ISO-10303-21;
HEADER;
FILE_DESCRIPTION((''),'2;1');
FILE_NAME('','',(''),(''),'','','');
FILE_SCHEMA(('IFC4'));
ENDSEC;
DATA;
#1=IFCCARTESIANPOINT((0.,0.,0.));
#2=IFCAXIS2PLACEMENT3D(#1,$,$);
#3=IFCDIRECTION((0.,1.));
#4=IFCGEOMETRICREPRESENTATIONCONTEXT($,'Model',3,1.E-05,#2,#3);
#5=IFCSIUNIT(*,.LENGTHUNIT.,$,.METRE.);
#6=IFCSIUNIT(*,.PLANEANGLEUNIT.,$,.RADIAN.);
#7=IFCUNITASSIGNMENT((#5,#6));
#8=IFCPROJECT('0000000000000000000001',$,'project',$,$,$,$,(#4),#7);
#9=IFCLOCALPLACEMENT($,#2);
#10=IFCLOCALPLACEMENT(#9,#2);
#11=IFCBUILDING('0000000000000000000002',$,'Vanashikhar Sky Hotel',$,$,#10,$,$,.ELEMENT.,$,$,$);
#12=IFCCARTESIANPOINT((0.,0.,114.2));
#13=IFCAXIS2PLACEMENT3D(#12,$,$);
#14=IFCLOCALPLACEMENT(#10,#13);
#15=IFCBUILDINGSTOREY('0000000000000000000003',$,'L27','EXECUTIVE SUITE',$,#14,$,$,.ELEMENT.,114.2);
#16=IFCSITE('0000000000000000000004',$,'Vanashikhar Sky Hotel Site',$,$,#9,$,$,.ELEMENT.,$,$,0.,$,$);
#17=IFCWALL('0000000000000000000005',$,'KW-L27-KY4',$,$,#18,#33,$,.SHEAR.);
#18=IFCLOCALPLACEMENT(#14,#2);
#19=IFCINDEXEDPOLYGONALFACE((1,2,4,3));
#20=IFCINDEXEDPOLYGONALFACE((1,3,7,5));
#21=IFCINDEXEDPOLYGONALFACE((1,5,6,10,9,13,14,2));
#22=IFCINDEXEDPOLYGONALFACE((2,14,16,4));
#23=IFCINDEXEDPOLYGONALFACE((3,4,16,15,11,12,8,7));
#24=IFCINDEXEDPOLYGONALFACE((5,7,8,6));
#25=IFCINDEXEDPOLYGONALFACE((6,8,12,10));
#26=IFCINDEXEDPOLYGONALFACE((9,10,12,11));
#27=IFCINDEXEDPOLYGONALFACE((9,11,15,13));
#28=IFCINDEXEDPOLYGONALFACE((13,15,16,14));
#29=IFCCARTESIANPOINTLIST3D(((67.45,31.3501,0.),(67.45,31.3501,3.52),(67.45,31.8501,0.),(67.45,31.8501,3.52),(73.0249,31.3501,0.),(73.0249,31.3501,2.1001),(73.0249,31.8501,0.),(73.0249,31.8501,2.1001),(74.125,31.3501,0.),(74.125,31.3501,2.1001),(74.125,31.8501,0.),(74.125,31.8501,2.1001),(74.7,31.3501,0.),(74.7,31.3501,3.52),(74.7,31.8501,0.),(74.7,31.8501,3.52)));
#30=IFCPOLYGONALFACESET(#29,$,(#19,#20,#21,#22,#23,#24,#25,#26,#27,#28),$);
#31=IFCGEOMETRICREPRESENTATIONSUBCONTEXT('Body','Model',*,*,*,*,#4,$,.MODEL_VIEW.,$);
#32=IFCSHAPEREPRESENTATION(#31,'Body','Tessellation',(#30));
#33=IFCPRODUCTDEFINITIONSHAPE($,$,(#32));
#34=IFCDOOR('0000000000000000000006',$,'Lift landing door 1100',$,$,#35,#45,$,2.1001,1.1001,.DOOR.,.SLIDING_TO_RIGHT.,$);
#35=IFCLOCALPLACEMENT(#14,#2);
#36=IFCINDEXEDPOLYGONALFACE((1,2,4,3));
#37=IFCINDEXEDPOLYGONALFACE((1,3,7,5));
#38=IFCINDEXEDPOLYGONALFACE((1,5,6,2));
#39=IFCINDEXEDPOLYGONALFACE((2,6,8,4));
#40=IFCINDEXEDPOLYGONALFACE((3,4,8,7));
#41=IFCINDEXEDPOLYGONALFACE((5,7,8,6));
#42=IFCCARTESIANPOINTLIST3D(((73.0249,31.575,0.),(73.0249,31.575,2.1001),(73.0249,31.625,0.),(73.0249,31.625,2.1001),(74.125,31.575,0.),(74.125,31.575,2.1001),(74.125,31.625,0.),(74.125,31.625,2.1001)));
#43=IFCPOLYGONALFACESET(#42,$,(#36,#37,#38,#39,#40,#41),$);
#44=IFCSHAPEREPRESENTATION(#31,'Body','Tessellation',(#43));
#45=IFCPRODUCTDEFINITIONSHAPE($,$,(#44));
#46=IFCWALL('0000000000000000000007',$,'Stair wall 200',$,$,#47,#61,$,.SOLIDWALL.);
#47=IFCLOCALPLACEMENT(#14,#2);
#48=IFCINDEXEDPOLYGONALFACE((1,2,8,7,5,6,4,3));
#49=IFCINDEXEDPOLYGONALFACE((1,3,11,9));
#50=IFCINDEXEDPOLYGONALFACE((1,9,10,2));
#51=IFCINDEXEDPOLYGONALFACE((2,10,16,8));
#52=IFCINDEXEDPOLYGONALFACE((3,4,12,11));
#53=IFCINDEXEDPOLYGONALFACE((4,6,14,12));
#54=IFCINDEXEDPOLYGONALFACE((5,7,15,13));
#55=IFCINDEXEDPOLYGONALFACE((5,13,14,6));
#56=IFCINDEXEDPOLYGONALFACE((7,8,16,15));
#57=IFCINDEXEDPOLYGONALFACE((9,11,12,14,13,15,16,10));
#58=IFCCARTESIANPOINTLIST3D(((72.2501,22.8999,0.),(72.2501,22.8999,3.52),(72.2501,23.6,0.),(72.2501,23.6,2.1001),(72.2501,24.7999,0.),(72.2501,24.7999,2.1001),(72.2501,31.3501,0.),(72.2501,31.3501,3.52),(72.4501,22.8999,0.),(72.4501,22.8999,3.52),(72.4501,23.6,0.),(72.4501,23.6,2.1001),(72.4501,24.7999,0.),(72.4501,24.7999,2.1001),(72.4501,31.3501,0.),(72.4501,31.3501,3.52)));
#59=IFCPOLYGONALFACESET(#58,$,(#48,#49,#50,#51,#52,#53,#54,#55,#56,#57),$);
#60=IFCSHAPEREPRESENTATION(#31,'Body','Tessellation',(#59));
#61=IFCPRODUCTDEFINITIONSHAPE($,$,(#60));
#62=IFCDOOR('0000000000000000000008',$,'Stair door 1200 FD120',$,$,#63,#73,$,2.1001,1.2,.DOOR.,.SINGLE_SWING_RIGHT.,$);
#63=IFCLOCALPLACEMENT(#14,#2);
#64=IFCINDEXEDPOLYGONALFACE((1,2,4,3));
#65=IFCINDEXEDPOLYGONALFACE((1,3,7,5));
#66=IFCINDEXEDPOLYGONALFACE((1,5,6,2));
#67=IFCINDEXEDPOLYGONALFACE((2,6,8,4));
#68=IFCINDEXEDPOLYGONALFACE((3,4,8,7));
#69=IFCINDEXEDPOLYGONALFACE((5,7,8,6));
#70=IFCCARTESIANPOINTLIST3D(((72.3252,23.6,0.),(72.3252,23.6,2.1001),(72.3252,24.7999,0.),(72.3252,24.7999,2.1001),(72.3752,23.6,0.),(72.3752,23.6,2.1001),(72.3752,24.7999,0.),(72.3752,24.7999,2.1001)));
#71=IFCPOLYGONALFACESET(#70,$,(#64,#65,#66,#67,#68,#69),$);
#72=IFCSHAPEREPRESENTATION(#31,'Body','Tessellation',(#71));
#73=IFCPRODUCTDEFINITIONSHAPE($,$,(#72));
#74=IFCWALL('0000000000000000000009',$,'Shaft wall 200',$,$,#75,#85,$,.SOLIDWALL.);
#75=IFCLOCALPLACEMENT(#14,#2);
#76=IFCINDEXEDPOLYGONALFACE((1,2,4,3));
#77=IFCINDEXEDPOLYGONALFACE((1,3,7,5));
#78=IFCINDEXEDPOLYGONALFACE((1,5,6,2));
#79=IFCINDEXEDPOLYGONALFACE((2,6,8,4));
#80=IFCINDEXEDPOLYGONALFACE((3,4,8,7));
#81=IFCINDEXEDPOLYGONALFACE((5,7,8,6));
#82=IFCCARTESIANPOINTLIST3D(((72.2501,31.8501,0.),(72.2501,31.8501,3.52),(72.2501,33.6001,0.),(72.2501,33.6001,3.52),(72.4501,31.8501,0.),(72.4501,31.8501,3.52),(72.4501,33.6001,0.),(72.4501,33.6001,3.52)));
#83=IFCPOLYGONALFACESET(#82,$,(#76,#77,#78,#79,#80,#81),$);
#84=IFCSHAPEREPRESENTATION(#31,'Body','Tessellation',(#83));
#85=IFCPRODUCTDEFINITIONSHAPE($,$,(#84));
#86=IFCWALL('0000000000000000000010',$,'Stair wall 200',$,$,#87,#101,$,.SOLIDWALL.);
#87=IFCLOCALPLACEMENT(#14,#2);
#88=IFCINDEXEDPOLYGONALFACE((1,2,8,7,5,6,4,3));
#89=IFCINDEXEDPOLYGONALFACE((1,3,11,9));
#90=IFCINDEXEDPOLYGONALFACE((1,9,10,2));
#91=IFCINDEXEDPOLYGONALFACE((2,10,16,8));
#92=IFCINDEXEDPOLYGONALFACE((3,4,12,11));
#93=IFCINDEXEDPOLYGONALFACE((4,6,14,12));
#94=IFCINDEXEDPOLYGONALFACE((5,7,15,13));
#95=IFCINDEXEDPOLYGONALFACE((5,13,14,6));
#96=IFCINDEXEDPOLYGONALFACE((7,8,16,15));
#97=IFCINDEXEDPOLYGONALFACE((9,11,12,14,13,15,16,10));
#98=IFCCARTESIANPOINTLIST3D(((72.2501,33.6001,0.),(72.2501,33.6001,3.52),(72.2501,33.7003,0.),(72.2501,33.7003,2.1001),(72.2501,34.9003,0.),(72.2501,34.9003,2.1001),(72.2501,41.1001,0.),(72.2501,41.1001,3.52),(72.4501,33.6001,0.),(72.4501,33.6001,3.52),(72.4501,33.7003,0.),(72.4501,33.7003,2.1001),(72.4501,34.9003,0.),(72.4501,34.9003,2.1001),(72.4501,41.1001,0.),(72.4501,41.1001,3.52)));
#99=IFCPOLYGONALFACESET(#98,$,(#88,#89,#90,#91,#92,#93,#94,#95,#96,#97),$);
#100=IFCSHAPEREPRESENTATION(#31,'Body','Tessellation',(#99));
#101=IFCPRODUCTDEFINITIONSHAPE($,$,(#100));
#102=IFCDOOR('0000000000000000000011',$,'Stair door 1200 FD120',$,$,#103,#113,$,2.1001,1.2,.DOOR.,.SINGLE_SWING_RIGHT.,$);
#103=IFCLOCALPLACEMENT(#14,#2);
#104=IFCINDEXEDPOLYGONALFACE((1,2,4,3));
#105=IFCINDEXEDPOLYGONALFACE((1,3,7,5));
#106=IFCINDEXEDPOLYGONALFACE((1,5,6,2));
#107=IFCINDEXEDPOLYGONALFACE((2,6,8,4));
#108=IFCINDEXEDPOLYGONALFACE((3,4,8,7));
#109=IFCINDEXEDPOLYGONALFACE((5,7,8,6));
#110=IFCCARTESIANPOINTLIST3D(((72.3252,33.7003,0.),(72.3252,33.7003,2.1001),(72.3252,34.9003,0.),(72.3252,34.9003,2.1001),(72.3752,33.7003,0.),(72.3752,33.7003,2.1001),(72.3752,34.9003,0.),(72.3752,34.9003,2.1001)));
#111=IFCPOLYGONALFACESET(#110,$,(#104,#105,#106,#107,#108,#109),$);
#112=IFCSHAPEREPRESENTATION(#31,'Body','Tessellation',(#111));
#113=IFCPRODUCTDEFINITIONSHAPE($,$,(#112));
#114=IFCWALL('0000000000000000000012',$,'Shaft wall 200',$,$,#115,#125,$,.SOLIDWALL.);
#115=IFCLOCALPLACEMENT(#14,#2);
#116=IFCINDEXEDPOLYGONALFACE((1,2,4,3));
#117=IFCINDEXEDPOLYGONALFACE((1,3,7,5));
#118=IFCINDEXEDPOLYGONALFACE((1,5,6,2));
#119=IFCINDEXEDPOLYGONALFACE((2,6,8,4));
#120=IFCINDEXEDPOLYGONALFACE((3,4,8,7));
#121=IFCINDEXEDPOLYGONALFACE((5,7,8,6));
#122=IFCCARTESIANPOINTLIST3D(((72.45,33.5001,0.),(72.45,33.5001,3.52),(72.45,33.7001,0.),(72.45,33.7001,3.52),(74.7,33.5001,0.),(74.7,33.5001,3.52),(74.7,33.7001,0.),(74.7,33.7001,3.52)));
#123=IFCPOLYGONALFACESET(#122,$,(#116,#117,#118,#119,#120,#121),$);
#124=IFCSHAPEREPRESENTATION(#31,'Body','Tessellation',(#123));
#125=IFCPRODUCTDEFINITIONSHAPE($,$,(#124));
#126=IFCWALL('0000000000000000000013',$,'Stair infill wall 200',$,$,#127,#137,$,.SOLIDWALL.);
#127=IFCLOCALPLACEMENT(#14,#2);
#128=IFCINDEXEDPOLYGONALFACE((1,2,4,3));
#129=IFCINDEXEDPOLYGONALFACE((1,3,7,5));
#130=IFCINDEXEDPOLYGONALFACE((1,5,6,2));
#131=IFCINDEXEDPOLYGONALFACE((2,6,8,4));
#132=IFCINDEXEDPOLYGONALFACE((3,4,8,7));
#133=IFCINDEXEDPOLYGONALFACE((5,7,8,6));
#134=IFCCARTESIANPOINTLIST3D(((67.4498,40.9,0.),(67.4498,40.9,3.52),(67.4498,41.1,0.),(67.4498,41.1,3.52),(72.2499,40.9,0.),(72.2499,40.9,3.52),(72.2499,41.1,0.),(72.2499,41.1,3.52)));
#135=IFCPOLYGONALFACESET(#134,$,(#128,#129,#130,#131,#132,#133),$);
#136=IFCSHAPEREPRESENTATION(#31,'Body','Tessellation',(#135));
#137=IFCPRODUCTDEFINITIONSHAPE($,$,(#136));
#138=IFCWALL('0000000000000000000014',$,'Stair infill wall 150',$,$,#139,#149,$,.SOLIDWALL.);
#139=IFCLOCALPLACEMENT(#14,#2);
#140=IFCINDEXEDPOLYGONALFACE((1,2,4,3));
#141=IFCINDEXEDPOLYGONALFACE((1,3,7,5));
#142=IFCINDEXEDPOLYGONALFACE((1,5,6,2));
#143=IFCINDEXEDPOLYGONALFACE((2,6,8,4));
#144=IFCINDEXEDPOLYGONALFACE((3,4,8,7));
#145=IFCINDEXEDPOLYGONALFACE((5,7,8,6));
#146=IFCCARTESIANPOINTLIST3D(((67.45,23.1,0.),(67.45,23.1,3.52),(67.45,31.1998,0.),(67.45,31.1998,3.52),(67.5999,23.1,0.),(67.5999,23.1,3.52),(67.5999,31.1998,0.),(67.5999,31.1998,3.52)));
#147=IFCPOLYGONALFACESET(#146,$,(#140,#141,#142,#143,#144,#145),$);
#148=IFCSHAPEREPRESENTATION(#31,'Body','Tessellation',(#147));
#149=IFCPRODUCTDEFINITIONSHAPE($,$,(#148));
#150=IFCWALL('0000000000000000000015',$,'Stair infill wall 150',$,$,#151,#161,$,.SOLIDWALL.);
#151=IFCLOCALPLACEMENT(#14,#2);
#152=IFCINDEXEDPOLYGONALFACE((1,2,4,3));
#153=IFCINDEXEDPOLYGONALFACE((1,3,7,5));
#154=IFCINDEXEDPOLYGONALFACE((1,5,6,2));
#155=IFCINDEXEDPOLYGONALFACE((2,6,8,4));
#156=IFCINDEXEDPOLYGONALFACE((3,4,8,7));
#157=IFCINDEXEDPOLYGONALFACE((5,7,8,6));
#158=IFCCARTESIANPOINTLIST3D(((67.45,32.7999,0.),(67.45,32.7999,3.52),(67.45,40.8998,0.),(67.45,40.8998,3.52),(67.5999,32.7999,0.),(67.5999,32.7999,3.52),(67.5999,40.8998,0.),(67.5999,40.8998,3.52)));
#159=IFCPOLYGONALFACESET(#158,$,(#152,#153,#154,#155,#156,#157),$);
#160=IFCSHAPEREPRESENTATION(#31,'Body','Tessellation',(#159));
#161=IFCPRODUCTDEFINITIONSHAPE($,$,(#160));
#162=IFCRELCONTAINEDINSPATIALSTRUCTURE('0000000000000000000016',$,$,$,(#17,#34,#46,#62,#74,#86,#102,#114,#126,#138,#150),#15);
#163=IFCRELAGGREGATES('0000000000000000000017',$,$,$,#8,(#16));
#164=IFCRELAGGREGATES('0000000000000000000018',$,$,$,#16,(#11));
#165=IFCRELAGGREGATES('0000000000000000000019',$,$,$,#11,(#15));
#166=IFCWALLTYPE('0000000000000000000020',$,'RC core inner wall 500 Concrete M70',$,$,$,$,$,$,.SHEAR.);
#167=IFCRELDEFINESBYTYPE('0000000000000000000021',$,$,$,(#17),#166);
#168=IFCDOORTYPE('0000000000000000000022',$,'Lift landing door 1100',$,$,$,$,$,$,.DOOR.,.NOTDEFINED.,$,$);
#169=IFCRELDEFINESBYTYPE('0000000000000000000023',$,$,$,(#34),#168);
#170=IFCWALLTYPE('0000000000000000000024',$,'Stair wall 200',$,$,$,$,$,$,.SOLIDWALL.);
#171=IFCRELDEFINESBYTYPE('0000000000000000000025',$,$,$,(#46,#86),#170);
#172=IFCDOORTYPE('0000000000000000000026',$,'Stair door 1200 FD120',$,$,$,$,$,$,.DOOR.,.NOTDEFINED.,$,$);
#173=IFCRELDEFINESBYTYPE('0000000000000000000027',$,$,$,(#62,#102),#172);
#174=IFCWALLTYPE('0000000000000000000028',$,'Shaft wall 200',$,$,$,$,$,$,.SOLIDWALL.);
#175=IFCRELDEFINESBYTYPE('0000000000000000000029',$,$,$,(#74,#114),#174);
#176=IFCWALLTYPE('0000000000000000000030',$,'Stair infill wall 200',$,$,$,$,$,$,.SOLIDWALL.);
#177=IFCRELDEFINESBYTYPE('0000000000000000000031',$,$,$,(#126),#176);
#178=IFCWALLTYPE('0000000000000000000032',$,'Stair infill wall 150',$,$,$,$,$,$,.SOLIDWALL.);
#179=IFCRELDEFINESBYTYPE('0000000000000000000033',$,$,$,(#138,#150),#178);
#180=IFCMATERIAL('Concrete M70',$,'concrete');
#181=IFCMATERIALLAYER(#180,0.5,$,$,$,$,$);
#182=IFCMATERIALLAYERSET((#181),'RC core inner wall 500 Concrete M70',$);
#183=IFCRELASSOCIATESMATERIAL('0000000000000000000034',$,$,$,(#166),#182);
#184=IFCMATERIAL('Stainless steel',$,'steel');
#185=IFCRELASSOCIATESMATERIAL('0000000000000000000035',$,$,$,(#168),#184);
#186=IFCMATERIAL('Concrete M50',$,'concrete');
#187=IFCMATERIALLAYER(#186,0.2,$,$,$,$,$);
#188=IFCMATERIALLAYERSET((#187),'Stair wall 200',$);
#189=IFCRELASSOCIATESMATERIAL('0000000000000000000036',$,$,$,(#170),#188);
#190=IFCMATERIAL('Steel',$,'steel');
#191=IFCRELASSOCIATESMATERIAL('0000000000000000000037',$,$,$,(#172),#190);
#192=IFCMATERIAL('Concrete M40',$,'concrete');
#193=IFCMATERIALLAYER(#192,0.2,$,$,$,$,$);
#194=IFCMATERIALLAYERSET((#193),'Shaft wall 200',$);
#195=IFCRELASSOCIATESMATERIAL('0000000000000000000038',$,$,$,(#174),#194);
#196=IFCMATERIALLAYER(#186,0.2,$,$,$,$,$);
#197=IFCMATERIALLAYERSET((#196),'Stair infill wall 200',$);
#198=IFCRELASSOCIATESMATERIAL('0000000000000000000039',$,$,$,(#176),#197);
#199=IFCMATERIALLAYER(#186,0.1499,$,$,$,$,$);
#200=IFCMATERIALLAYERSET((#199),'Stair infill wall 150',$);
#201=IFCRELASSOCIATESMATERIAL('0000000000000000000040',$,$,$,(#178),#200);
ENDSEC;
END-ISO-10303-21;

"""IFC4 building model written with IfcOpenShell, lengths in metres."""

from ifc_helpers import new_model, si_unit, direction, frame, frame_2d, origin, place, context, subcontext, project, spatial, rectangle, extrude, source, transform, mapped, material, layer, layer_set, type_object, element, fill, save


model = new_model("IFC4")

# Units and contexts
model_context = context("Model", 3, precision=1e-05, world=origin(), true_north=direction((0.0, 1.0)))
body_context = subcontext(model_context, "Body", "Model", "MODEL_VIEW")
ifc_project = project(units=[si_unit("LENGTHUNIT", "METRE"), si_unit("PLANEANGLEUNIT", "RADIAN")], contexts=[model_context])

# Site, building, storey
site_placement = place(None, origin())
site = spatial("IfcSite", under=ifc_project, at=site_placement, Name="Vanashikhar Sky Hotel Site", CompositionType="ELEMENT", RefElevation=0.0)
building_placement = place(site_placement, origin())
building = spatial("IfcBuilding", under=site, at=building_placement, Name="Vanashikhar Sky Hotel", CompositionType="ELEMENT")
storey_placement = place(building_placement, frame((0.0, 0.0, 114.2)))
storey = spatial("IfcBuildingStorey", under=building, at=storey_placement, Name="L27", Description="EXECUTIVE SUITE", CompositionType="ELEMENT", Elevation=114.2)

# Walls, openings, doors
ifc_material_1 = material(Name="Concrete M70", Category="concrete")
ifc_layer_1 = layer(ifc_material_1, 0.5)
ifc_layer_set_1 = layer_set([ifc_layer_1], Name="RC core inner wall 500 Concrete M70")
wall_type_1 = type_object("IfcWallType", Name="RC core inner wall 500 Concrete M70", PredefinedType="SHEAR", material=ifc_layer_set_1)
shared_shape_1 = source(origin(), body_context, "Body", "SweptSolid", [
    extrude(rectangle(XDim=7.25, YDim=0.5, at=frame_2d((3.625, 0.0))), origin(), (0.0, 0.0, 1.0), 3.52),
])
wall_1_placement = place(storey_placement, frame((67.45, 31.6001, 0.0), z_axis=(0.0, 0.0, 1.0), x_axis=(1.0, 0.0, 0.0)))
wall_1 = element("IfcWall", 1, at=wall_1_placement, inside=storey, type_object=wall_type_1, Name="KW-L27-KY4", PredefinedType="SHEAR", context=body_context, shape_type="MappedRepresentation", body=[
    mapped(shared_shape_1, transform((0.0, 0.0, 0.0), scale=1.0)),
])
shared_shape_2 = source(origin(), body_context, "Body", "SweptSolid", [
    extrude(rectangle(XDim=1.1001, YDim=2.1001, at=frame_2d((0.55, 1.05))), frame((0.0, 0.26, 0.0), z_axis=(0.0, -1.0, 0.0), x_axis=(1.0, 0.0, 0.0)), (0.0, 0.0, 1.0), 0.52),
])
opening_1_placement = place(wall_1_placement, frame((5.575, 0.0, 0.0)))
opening_1 = element("IfcOpeningElement", 2, at=opening_1_placement, cuts=wall_1, PredefinedType="OPENING", context=body_context, shape_type="MappedRepresentation", body=[
    mapped(shared_shape_2, transform((0.0, 0.0, 0.0), scale=1.0)),
])
ifc_material_2 = material(Name="Stainless steel", Category="steel")
door_type_1 = type_object("IfcDoorType", Name="Lift landing door 1100", OperationType="NOTDEFINED", PredefinedType="DOOR", material=ifc_material_2)
shared_shape_3 = source(origin(), body_context, "Body", "SweptSolid", [
    extrude(rectangle(XDim=1.1001, YDim=2.1001, at=frame_2d((0.55, 1.05))), frame((0.0, 0.0249, 0.0), z_axis=(0.0, -1.0, 0.0), x_axis=(1.0, 0.0, 0.0)), (0.0, 0.0, 1.0), 0.05),
])
door_1_placement = place(opening_1_placement, origin())
door_1 = element("IfcDoor", 3, at=door_1_placement, inside=storey, type_object=door_type_1, Name="Lift landing door 1100", OperationType="SLIDING_TO_RIGHT", OverallHeight=2.1001, OverallWidth=1.1001, PredefinedType="DOOR", context=body_context, shape_type="MappedRepresentation", body=[
    mapped(shared_shape_3, transform((0.0, 0.0, 0.0), scale=1.0)),
])
fill(opening_1, door_1)
ifc_material_3 = material(Name="Concrete M50", Category="concrete")
ifc_layer_2 = layer(ifc_material_3, 0.2)
ifc_layer_set_2 = layer_set([ifc_layer_2], Name="Stair wall 200")
wall_type_2 = type_object("IfcWallType", Name="Stair wall 200", PredefinedType="SOLIDWALL", material=ifc_layer_set_2)
shared_shape_4 = source(origin(), body_context, "Body", "SweptSolid", [
    extrude(rectangle(XDim=8.4502, YDim=0.2, at=frame_2d((4.2251, 0.0))), origin(), (0.0, 0.0, 1.0), 3.52),
])
wall_2_placement = place(storey_placement, frame((72.3501, 22.8999, 0.0), z_axis=(0.0, 0.0, 1.0), x_axis=(0.0, 1.0, 0.0)))
wall_2 = element("IfcWall", 4, at=wall_2_placement, inside=storey, type_object=wall_type_2, Name="Stair wall 200", PredefinedType="SOLIDWALL", context=body_context, shape_type="MappedRepresentation", body=[
    mapped(shared_shape_4, transform((0.0, 0.0, 0.0), scale=1.0)),
])
shared_shape_5 = source(origin(), body_context, "Body", "SweptSolid", [
    extrude(rectangle(XDim=1.2, YDim=2.1001, at=frame_2d((0.6001, 1.05))), frame((0.0, 0.1099, 0.0), z_axis=(0.0, -1.0, 0.0), x_axis=(1.0, 0.0, 0.0)), (0.0, 0.0, 1.0), 0.22),
])
opening_2_placement = place(wall_2_placement, frame((0.7, 0.0, 0.0)))
opening_2 = element("IfcOpeningElement", 5, at=opening_2_placement, cuts=wall_2, PredefinedType="OPENING", context=body_context, shape_type="MappedRepresentation", body=[
    mapped(shared_shape_5, transform((0.0, 0.0, 0.0), scale=1.0)),
])
ifc_material_4 = material(Name="Steel", Category="steel")
door_type_2 = type_object("IfcDoorType", Name="Stair door 1200 FD120", OperationType="NOTDEFINED", PredefinedType="DOOR", material=ifc_material_4)
shared_shape_6 = source(origin(), body_context, "Body", "SweptSolid", [
    extrude(rectangle(XDim=1.2, YDim=2.1001, at=frame_2d((0.6001, 1.05))), frame((0.0, 0.0249, 0.0), z_axis=(0.0, -1.0, 0.0), x_axis=(1.0, 0.0, 0.0)), (0.0, 0.0, 1.0), 0.05),
])
door_2_placement = place(opening_2_placement, origin())
door_2 = element("IfcDoor", 6, at=door_2_placement, inside=storey, type_object=door_type_2, Name="Stair door 1200 FD120", OperationType="SINGLE_SWING_RIGHT", OverallHeight=2.1001, OverallWidth=1.2, PredefinedType="DOOR", context=body_context, shape_type="MappedRepresentation", body=[
    mapped(shared_shape_6, transform((0.0, 0.0, 0.0), scale=1.0)),
])
fill(opening_2, door_2)

# Wall
ifc_material_5 = material(Name="Concrete M40", Category="concrete")
ifc_layer_3 = layer(ifc_material_5, 0.2)
ifc_layer_set_3 = layer_set([ifc_layer_3], Name="Shaft wall 200")
wall_type_3 = type_object("IfcWallType", Name="Shaft wall 200", PredefinedType="SOLIDWALL", material=ifc_layer_set_3)
shared_shape_7 = source(origin(), body_context, "Body", "SweptSolid", [
    extrude(rectangle(XDim=1.75, YDim=0.2, at=frame_2d((0.875, 0.0))), origin(), (0.0, 0.0, 1.0), 3.52),
])
wall_3_placement = place(storey_placement, frame((72.3501, 31.8501, 0.0), z_axis=(0.0, 0.0, 1.0), x_axis=(0.0, 1.0, 0.0)))
element("IfcWall", 7, at=wall_3_placement, inside=storey, type_object=wall_type_3, Name="Shaft wall 200", PredefinedType="SOLIDWALL", context=body_context, shape_type="MappedRepresentation", body=[
    mapped(shared_shape_7, transform((0.0, 0.0, 0.0), scale=1.0)),
])

# Wall, opening, door
shared_shape_8 = source(origin(), body_context, "Body", "SweptSolid", [
    extrude(rectangle(XDim=7.5, YDim=0.2, at=frame_2d((3.75, 0.0))), origin(), (0.0, 0.0, 1.0), 3.52),
])
wall_4_placement = place(storey_placement, frame((72.3501, 33.6001, 0.0), z_axis=(0.0, 0.0, 1.0), x_axis=(0.0, 1.0, 0.0)))
wall_4 = element("IfcWall", 8, at=wall_4_placement, inside=storey, type_object=wall_type_2, Name="Stair wall 200", PredefinedType="SOLIDWALL", context=body_context, shape_type="MappedRepresentation", body=[
    mapped(shared_shape_8, transform((0.0, 0.0, 0.0), scale=1.0)),
])
opening_3_placement = place(wall_4_placement, frame((0.1001, 0.0, 0.0)))
opening_3 = element("IfcOpeningElement", 9, at=opening_3_placement, cuts=wall_4, PredefinedType="OPENING", context=body_context, shape_type="MappedRepresentation", body=[
    mapped(shared_shape_5, transform((0.0, 0.0, 0.0), scale=1.0)),
])
door_3_placement = place(opening_3_placement, origin())
door_3 = element("IfcDoor", 10, at=door_3_placement, inside=storey, type_object=door_type_2, Name="Stair door 1200 FD120", OperationType="SINGLE_SWING_RIGHT", OverallHeight=2.1001, OverallWidth=1.2, PredefinedType="DOOR", context=body_context, shape_type="MappedRepresentation", body=[
    mapped(shared_shape_6, transform((0.0, 0.0, 0.0), scale=1.0)),
])
fill(opening_3, door_3)

# Walls
shared_shape_9 = source(origin(), body_context, "Body", "SweptSolid", [
    extrude(rectangle(XDim=2.25, YDim=0.2, at=frame_2d((1.125, 0.0))), origin(), (0.0, 0.0, 1.0), 3.52),
])
wall_5_placement = place(storey_placement, frame((72.45, 33.6001, 0.0), z_axis=(0.0, 0.0, 1.0), x_axis=(1.0, 0.0, 0.0)))
element("IfcWall", 11, at=wall_5_placement, inside=storey, type_object=wall_type_3, Name="Shaft wall 200", PredefinedType="SOLIDWALL", context=body_context, shape_type="MappedRepresentation", body=[
    mapped(shared_shape_9, transform((0.0, 0.0, 0.0), scale=1.0)),
])
ifc_layer_4 = layer(ifc_material_3, 0.2)
ifc_layer_set_4 = layer_set([ifc_layer_4], Name="Stair infill wall 200")
wall_type_4 = type_object("IfcWallType", Name="Stair infill wall 200", PredefinedType="SOLIDWALL", material=ifc_layer_set_4)
shared_shape_10 = source(origin(), body_context, "Body", "SweptSolid", [
    extrude(rectangle(XDim=4.8, YDim=0.2, at=frame_2d((2.3999, 0.0))), origin(), (0.0, 0.0, 1.0), 3.52),
])
wall_6_placement = place(storey_placement, frame((67.45, 41.0, 0.0), z_axis=(0.0, 0.0, 1.0), x_axis=(1.0, 0.0, 0.0)))
element("IfcWall", 12, at=wall_6_placement, inside=storey, type_object=wall_type_4, Name="Stair infill wall 200", PredefinedType="SOLIDWALL", context=body_context, shape_type="MappedRepresentation", body=[
    mapped(shared_shape_10, transform((0.0, 0.0, 0.0), scale=1.0)),
])
ifc_layer_5 = layer(ifc_material_3, 0.1499)
ifc_layer_set_5 = layer_set([ifc_layer_5], Name="Stair infill wall 150")
wall_type_5 = type_object("IfcWallType", Name="Stair infill wall 150", PredefinedType="SOLIDWALL", material=ifc_layer_set_5)
shared_shape_11 = source(origin(), body_context, "Body", "SweptSolid", [
    extrude(rectangle(XDim=8.0999, YDim=0.1499, at=frame_2d((4.0498, 0.0))), origin(), (0.0, 0.0, 1.0), 3.52),
])
for number, where, z_axis, x_axis, name in (
    (13, (67.5249, 23.1001, 0.0), (0.0, 0.0, 1.0), (0.0, 1.0, 0.0), "Stair infill wall 150"),
    (14, (67.5249, 32.8, 0.0), (0.0, 0.0, 1.0), (0.0, 1.0, 0.0), "Stair infill wall 150"),
):
    element("IfcWall", number, at=place(storey_placement, frame(where, z_axis=z_axis, x_axis=x_axis)), inside=storey, type_object=wall_type_5, Name=name, PredefinedType="SOLIDWALL", context=body_context, shape_type="MappedRepresentation", body=[
        mapped(shared_shape_11, transform((0.0, 0.0, 0.0), scale=1.0)),
    ])

save(model, "model.ifc")
